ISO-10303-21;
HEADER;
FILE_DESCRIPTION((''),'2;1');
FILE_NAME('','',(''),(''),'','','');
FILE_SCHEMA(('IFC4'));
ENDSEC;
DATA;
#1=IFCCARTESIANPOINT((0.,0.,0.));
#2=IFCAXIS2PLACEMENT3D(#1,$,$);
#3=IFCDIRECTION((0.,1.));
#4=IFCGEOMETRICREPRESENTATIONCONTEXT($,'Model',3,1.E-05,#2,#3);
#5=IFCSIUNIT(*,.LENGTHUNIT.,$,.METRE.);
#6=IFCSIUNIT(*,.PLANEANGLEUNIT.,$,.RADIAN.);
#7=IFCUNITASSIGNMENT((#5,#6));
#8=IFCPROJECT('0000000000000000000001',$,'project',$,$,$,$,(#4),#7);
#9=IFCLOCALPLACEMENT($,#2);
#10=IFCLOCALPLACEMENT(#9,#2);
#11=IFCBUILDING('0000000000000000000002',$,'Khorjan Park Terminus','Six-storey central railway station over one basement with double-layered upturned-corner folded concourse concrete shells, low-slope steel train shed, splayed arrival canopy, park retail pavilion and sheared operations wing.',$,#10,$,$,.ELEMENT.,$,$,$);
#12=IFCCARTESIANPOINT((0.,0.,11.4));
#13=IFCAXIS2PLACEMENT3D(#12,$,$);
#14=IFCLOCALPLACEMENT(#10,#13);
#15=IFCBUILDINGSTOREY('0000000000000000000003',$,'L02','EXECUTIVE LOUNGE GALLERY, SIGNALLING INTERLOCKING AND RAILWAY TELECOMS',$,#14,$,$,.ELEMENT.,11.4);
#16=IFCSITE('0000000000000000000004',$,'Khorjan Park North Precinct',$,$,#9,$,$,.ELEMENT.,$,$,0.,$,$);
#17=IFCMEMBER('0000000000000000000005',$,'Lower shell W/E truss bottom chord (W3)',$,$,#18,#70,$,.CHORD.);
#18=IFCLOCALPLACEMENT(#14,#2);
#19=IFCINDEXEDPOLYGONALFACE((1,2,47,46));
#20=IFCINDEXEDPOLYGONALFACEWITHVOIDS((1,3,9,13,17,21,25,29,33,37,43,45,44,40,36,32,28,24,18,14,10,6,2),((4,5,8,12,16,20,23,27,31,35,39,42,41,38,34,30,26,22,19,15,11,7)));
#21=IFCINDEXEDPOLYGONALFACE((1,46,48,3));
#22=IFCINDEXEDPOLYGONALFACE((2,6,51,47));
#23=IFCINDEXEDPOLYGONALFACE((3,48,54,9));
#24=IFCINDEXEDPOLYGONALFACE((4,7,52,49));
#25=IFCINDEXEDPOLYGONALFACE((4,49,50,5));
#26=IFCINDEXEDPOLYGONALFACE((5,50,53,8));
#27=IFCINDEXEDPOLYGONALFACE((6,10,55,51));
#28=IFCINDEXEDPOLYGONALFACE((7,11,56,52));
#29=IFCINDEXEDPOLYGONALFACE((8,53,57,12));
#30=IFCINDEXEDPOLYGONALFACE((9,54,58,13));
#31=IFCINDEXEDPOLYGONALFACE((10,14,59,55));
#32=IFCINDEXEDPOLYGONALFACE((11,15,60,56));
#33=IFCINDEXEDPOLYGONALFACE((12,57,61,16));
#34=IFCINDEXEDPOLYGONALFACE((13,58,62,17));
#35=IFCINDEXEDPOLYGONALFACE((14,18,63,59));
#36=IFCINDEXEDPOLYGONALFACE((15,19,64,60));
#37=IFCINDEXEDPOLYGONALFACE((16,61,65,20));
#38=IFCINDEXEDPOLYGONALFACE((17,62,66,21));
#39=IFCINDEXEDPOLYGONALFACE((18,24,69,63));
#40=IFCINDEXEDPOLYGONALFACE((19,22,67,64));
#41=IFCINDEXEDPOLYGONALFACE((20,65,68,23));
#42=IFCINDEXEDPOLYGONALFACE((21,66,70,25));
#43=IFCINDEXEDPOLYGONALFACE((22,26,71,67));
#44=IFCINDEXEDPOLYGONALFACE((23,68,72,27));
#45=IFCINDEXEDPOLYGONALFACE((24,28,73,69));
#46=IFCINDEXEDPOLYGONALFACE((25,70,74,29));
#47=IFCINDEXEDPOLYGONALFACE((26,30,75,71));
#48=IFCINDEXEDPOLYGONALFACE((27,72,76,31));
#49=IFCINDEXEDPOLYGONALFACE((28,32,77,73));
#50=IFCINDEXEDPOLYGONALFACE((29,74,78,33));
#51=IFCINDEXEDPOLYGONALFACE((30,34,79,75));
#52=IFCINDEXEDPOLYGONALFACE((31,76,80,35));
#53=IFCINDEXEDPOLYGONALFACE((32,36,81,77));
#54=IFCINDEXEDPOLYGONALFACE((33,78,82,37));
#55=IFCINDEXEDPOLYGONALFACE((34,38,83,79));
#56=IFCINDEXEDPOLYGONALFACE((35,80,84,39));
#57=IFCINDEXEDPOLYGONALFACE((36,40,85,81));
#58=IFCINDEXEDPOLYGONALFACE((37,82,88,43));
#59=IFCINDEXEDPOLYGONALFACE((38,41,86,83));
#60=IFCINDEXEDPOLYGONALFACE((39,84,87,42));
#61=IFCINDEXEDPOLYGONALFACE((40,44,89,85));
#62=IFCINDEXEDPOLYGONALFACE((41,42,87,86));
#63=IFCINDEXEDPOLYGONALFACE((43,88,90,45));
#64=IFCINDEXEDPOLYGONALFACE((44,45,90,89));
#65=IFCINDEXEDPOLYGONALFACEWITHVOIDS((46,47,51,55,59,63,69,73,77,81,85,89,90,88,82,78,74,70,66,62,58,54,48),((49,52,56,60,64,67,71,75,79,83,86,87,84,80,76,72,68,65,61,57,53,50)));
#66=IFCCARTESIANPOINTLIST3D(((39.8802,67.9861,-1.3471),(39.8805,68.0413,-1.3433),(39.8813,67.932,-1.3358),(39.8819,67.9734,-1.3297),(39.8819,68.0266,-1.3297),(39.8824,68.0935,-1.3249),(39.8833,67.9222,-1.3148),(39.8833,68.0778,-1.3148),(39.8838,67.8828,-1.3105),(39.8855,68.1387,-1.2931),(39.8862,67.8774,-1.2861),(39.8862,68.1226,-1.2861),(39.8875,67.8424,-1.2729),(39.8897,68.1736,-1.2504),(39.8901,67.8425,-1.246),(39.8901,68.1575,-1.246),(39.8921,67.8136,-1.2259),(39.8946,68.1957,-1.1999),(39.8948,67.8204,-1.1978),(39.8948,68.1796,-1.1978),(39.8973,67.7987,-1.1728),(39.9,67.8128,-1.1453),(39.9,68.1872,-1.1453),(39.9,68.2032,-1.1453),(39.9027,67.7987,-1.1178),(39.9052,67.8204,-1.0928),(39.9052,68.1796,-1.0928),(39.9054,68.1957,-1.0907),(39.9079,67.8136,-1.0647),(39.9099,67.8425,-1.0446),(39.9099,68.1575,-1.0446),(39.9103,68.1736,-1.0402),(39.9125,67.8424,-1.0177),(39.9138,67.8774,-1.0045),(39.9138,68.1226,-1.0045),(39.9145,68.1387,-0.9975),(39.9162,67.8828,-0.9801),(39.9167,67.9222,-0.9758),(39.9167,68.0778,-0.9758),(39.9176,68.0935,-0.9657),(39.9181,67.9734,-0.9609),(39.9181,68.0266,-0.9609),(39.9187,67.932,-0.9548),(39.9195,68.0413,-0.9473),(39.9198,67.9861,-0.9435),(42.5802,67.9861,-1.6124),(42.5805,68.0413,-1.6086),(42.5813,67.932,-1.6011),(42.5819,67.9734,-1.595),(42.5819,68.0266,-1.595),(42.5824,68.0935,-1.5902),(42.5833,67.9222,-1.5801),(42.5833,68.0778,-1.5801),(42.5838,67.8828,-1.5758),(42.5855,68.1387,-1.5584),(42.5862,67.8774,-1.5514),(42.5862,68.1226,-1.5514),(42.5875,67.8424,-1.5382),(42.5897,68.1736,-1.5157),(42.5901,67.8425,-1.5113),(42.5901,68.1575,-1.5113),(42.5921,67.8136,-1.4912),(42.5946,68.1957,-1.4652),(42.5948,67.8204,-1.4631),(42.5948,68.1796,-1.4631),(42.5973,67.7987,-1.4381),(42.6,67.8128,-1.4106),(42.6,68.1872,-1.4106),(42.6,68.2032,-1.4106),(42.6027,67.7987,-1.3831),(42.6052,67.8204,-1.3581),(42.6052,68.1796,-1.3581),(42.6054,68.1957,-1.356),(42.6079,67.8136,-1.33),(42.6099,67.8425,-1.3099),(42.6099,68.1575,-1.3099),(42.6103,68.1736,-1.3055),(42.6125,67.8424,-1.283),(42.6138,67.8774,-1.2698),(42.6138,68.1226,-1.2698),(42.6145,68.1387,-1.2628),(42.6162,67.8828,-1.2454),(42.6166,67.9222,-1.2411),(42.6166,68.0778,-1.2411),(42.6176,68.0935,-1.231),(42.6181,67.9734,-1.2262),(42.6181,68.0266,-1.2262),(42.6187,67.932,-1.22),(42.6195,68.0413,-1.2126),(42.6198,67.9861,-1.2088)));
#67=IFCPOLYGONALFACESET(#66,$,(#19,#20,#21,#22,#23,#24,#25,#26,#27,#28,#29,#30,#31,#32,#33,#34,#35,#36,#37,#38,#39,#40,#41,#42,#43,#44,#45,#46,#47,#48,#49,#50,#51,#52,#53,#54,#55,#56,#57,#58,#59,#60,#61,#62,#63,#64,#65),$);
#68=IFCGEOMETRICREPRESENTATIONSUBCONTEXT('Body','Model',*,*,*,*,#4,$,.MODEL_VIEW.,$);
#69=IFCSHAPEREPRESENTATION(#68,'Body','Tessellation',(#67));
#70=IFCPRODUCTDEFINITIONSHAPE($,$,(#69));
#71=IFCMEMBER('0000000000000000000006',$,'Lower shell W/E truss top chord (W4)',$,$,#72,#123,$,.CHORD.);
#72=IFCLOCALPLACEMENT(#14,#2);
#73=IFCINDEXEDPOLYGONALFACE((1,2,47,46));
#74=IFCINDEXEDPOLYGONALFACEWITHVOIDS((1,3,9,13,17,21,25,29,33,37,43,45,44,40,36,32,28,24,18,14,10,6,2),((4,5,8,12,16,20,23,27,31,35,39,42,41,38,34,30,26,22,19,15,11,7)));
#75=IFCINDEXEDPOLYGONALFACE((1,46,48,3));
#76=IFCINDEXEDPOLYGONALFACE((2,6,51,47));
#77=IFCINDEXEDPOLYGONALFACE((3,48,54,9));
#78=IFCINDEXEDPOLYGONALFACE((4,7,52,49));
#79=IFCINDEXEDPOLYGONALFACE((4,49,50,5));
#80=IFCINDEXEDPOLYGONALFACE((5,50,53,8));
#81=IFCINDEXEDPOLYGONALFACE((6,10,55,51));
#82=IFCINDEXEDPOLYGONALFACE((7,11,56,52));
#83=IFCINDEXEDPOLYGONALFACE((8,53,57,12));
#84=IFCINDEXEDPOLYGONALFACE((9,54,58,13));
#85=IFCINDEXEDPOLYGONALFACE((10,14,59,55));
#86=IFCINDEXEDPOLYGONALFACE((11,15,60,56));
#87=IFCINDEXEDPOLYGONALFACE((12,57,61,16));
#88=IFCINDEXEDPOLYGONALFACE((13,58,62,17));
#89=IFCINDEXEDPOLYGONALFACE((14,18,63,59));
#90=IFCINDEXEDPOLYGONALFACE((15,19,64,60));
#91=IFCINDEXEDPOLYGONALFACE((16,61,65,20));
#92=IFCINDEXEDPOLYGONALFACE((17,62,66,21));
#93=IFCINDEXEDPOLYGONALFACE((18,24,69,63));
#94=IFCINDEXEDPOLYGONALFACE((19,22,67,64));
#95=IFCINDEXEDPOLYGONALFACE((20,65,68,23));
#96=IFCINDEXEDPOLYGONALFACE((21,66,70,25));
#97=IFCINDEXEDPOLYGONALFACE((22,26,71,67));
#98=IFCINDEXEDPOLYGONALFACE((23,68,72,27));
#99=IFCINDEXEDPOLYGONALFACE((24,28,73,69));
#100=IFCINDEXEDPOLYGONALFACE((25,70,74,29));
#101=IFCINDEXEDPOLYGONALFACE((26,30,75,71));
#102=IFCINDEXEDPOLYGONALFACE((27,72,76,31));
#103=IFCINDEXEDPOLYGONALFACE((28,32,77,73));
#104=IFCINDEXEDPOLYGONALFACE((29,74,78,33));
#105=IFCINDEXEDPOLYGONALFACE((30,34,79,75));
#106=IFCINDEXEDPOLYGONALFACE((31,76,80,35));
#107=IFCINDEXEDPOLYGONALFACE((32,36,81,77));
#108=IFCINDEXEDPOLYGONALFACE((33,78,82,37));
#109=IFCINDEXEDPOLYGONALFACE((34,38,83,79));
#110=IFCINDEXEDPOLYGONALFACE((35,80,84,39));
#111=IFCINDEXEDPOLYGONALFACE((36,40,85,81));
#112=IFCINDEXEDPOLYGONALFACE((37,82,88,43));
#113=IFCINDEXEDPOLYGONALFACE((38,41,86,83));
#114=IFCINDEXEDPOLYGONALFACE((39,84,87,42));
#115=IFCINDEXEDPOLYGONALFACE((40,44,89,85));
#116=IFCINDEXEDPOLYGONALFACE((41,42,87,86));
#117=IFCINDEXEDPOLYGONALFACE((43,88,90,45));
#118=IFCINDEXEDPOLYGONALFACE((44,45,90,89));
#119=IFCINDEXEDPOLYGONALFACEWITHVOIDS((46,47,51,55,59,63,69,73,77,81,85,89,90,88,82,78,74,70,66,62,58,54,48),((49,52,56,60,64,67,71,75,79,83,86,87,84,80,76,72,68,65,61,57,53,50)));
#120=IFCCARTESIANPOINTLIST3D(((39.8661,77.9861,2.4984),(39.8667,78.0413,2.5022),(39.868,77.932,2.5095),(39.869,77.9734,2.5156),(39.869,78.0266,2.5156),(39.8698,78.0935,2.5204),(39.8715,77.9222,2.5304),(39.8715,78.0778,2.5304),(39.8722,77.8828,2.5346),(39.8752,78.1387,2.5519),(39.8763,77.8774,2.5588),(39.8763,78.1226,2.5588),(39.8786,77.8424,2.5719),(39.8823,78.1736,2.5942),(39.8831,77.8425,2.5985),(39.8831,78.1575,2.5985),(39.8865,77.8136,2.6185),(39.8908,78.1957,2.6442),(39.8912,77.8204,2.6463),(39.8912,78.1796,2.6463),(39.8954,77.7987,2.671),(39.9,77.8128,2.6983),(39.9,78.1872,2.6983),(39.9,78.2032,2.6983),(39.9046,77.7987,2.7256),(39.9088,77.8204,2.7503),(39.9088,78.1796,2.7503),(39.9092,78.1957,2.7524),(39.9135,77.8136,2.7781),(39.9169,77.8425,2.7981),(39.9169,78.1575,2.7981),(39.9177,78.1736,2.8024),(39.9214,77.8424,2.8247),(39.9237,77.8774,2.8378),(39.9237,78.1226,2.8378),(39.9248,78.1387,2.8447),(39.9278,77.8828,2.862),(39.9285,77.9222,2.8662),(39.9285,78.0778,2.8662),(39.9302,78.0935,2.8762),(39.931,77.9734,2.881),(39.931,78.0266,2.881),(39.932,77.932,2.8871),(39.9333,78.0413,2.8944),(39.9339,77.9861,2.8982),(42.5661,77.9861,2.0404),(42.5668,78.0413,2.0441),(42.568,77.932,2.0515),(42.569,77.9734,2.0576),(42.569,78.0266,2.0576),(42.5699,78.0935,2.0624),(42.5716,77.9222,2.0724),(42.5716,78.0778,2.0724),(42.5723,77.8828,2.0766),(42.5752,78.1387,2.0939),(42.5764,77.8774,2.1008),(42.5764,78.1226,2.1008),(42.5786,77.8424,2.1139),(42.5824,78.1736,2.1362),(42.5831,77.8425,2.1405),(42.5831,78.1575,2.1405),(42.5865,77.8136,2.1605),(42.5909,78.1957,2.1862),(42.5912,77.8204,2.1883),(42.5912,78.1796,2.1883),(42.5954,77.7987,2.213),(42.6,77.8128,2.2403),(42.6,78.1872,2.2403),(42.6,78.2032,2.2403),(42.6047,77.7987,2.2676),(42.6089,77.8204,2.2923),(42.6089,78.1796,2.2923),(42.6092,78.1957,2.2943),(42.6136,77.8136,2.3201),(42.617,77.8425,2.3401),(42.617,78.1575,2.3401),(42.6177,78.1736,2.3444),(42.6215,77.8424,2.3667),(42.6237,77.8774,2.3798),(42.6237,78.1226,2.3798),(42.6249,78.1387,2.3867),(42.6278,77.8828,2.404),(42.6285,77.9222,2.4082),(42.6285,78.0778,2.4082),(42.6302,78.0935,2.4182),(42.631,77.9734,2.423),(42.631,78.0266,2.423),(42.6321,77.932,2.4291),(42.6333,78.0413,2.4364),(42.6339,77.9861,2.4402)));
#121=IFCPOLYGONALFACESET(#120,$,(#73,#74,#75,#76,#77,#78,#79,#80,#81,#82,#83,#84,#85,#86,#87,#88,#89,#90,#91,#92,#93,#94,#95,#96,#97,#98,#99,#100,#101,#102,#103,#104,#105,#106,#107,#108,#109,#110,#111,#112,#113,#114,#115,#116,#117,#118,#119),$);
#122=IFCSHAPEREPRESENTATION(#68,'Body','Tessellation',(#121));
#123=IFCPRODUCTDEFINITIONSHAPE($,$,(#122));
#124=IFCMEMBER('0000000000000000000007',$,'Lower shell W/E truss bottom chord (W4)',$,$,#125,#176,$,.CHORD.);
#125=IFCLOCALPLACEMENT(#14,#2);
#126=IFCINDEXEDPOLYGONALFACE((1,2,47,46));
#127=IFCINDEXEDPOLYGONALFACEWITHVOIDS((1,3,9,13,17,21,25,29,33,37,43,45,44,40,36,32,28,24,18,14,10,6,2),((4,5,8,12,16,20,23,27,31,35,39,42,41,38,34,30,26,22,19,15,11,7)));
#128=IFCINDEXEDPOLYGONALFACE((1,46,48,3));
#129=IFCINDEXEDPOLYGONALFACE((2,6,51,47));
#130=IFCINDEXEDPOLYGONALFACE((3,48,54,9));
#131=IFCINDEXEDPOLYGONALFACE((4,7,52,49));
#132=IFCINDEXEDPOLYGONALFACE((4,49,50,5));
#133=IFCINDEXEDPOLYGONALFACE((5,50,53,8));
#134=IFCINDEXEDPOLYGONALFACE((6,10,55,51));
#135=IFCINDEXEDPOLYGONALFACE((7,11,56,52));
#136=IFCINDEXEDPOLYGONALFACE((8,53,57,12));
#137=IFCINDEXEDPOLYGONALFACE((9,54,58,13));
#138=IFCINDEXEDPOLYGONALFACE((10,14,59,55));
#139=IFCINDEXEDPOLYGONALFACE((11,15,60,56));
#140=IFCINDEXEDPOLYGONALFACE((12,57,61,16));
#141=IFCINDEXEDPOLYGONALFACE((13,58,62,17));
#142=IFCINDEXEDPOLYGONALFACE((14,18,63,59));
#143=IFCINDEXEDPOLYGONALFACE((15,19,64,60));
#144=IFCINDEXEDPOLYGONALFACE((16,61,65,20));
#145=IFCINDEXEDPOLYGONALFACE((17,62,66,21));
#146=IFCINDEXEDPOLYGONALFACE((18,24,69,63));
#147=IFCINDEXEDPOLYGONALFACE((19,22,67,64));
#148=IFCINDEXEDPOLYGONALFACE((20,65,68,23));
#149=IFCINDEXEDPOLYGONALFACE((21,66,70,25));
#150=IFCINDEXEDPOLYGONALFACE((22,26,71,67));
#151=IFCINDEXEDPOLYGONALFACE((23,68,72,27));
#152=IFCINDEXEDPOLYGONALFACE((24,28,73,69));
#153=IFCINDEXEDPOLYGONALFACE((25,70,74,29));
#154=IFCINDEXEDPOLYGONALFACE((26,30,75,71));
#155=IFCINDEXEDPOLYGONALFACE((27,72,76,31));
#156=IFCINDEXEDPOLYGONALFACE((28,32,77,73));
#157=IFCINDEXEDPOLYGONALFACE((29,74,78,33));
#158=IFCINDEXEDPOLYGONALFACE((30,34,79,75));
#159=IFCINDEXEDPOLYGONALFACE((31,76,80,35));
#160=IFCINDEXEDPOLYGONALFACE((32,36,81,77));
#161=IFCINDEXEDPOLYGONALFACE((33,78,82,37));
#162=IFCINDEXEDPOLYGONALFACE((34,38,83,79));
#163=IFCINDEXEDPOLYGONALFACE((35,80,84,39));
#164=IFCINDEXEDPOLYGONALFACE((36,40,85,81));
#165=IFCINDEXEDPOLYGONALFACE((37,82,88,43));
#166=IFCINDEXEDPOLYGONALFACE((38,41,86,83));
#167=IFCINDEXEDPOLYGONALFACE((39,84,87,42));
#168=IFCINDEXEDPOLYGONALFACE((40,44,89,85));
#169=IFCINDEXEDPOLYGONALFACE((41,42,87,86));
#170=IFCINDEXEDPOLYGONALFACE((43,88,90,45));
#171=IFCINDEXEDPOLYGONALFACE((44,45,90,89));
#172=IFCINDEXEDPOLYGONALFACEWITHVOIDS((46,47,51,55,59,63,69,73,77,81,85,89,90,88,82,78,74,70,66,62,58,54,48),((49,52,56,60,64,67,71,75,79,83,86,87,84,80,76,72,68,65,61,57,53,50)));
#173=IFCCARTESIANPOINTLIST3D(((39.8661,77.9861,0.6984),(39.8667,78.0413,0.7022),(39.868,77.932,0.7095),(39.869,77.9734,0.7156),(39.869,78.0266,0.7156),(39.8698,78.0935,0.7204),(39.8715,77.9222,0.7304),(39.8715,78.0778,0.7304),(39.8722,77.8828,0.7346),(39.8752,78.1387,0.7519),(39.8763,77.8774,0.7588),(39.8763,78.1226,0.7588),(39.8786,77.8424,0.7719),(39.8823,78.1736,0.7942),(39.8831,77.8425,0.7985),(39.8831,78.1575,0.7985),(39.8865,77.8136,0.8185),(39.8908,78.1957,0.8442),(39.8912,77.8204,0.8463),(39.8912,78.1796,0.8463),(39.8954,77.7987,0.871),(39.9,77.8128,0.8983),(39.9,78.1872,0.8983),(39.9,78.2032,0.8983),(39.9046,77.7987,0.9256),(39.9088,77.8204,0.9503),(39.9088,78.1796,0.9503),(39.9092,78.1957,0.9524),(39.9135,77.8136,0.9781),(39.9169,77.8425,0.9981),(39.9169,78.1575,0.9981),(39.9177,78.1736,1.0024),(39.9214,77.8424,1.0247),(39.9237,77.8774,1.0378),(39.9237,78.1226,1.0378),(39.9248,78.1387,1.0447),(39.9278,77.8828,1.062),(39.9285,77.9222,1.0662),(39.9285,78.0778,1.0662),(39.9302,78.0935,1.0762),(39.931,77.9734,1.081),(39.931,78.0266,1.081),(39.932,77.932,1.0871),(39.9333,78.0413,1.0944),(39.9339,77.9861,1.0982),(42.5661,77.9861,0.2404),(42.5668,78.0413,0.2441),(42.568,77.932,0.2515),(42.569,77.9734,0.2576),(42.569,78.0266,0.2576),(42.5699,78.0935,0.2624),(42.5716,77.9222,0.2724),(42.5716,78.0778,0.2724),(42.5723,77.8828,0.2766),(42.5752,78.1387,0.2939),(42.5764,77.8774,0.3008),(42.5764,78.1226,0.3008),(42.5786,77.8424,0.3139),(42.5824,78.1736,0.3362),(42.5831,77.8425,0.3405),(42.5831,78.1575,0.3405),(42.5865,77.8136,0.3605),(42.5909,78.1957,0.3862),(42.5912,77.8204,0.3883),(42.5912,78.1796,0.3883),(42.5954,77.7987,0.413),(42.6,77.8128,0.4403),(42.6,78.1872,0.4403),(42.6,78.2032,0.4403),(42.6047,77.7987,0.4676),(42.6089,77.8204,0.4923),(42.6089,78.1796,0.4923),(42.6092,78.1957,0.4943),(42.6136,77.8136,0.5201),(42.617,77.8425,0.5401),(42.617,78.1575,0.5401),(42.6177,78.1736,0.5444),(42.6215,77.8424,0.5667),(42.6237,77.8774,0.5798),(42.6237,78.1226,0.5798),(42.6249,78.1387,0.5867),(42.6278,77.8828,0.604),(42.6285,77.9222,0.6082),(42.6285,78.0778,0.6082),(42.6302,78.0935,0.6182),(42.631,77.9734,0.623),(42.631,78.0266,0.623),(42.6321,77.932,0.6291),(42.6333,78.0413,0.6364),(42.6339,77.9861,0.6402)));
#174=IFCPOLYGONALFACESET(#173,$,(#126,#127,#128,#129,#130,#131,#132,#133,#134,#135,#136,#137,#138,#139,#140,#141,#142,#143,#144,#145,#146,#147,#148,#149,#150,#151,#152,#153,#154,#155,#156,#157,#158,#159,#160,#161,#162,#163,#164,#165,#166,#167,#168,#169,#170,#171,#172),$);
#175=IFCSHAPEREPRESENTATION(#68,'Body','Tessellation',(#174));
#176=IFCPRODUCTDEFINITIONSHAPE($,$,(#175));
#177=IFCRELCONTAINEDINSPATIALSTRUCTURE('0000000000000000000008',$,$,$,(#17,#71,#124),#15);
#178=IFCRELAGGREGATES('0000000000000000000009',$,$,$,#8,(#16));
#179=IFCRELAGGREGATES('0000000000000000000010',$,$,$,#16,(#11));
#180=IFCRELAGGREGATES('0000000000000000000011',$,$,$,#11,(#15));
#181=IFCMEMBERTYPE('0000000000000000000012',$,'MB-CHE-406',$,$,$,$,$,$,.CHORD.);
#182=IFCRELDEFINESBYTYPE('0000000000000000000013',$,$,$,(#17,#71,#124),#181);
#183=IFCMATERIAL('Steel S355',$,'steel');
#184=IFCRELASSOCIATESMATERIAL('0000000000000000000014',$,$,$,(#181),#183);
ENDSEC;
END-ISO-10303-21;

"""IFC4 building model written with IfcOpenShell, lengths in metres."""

from ifc_helpers import new_model, si_unit, direction, frame, origin, origin_2d, place, context, subcontext, project, spatial, hollow_circle, extrude, material, material_profile, profile_set, type_object, element, save


model = new_model("IFC4")

# Units and contexts
model_context = context("Model", 3, precision=1e-05, world=origin(), true_north=direction((0.0, 1.0)))
body_context = subcontext(model_context, "Body", "Model", "MODEL_VIEW")
ifc_project = project(units=[si_unit("LENGTHUNIT", "METRE"), si_unit("PLANEANGLEUNIT", "RADIAN")], contexts=[model_context])

# Site, building, storey
site_placement = place(None, origin())
site = spatial("IfcSite", under=ifc_project, at=site_placement, Name="Khorjan Park North Precinct", CompositionType="ELEMENT", RefElevation=0.0)
building_placement = place(site_placement, origin())
building = spatial("IfcBuilding", under=site, at=building_placement, Name="Khorjan Park Terminus", Description="Six-storey central railway station over one basement with double-layered upturned-corner folded concourse concrete shells, low-slope steel train shed, splayed arrival canopy, park retail pavilion and sheared operations wing.", CompositionType="ELEMENT")
storey_placement = place(building_placement, frame((0.0, 0.0, 11.4)))
storey = spatial("IfcBuildingStorey", under=building, at=storey_placement, Name="L02", Description="EXECUTIVE LOUNGE GALLERY, SIGNALLING INTERLOCKING AND RAILWAY TELECOMS", CompositionType="ELEMENT", Elevation=11.4)

# Members
ifc_material_1 = material(Name="Steel S355", Category="steel")
ifc_material_profile_1 = material_profile(ifc_material_1, hollow_circle(Radius=0.2032, WallThickness=0.016, at=origin_2d()), Name="CHS 406.4x16")
ifc_profile_set_1 = profile_set([ifc_material_profile_1], Name="Steel S355")
member_type_1 = type_object("IfcMemberType", Name="MB-CHE-406", PredefinedType="CHORD", material=ifc_profile_set_1)
for number, where, z_axis, x_axis, name in (
    (1, (39.9, 68.0, -1.1453), (0.995207, 0.0, -0.097788), (0.0, 1.0, 0.0), "Lower shell W/E truss bottom chord (W3)"),
):
    element("IfcMember", number, at=place(storey_placement, frame(where, z_axis=z_axis, x_axis=x_axis)), inside=storey, type_object=member_type_1, Name=name, PredefinedType="CHORD", context=body_context, shape_type="SweptSolid", body=[
        extrude(hollow_circle(Radius=0.2032, WallThickness=0.016, at=origin_2d()), origin(), (0.0, 0.0, 1.0), 2.713),
    ])
for number, where, z_axis, x_axis, name in (
    (2, (39.9, 78.0, 2.6983), (0.985916, 0.0, -0.167241), (0.0, 1.0, 0.0), "Lower shell W/E truss top chord (W4)"),
    (3, (39.9, 78.0, 0.8983), (0.985916, 0.0, -0.167241), (0.0, 1.0, 0.0), "Lower shell W/E truss bottom chord (W4)"),
):
    element("IfcMember", number, at=place(storey_placement, frame(where, z_axis=z_axis, x_axis=x_axis)), inside=storey, type_object=member_type_1, Name=name, PredefinedType="CHORD", context=body_context, shape_type="SweptSolid", body=[
        extrude(hollow_circle(Radius=0.2032, WallThickness=0.016, at=origin_2d()), origin(), (0.0, 0.0, 1.0), 2.7386),
    ])

save(model, "model.ifc")
